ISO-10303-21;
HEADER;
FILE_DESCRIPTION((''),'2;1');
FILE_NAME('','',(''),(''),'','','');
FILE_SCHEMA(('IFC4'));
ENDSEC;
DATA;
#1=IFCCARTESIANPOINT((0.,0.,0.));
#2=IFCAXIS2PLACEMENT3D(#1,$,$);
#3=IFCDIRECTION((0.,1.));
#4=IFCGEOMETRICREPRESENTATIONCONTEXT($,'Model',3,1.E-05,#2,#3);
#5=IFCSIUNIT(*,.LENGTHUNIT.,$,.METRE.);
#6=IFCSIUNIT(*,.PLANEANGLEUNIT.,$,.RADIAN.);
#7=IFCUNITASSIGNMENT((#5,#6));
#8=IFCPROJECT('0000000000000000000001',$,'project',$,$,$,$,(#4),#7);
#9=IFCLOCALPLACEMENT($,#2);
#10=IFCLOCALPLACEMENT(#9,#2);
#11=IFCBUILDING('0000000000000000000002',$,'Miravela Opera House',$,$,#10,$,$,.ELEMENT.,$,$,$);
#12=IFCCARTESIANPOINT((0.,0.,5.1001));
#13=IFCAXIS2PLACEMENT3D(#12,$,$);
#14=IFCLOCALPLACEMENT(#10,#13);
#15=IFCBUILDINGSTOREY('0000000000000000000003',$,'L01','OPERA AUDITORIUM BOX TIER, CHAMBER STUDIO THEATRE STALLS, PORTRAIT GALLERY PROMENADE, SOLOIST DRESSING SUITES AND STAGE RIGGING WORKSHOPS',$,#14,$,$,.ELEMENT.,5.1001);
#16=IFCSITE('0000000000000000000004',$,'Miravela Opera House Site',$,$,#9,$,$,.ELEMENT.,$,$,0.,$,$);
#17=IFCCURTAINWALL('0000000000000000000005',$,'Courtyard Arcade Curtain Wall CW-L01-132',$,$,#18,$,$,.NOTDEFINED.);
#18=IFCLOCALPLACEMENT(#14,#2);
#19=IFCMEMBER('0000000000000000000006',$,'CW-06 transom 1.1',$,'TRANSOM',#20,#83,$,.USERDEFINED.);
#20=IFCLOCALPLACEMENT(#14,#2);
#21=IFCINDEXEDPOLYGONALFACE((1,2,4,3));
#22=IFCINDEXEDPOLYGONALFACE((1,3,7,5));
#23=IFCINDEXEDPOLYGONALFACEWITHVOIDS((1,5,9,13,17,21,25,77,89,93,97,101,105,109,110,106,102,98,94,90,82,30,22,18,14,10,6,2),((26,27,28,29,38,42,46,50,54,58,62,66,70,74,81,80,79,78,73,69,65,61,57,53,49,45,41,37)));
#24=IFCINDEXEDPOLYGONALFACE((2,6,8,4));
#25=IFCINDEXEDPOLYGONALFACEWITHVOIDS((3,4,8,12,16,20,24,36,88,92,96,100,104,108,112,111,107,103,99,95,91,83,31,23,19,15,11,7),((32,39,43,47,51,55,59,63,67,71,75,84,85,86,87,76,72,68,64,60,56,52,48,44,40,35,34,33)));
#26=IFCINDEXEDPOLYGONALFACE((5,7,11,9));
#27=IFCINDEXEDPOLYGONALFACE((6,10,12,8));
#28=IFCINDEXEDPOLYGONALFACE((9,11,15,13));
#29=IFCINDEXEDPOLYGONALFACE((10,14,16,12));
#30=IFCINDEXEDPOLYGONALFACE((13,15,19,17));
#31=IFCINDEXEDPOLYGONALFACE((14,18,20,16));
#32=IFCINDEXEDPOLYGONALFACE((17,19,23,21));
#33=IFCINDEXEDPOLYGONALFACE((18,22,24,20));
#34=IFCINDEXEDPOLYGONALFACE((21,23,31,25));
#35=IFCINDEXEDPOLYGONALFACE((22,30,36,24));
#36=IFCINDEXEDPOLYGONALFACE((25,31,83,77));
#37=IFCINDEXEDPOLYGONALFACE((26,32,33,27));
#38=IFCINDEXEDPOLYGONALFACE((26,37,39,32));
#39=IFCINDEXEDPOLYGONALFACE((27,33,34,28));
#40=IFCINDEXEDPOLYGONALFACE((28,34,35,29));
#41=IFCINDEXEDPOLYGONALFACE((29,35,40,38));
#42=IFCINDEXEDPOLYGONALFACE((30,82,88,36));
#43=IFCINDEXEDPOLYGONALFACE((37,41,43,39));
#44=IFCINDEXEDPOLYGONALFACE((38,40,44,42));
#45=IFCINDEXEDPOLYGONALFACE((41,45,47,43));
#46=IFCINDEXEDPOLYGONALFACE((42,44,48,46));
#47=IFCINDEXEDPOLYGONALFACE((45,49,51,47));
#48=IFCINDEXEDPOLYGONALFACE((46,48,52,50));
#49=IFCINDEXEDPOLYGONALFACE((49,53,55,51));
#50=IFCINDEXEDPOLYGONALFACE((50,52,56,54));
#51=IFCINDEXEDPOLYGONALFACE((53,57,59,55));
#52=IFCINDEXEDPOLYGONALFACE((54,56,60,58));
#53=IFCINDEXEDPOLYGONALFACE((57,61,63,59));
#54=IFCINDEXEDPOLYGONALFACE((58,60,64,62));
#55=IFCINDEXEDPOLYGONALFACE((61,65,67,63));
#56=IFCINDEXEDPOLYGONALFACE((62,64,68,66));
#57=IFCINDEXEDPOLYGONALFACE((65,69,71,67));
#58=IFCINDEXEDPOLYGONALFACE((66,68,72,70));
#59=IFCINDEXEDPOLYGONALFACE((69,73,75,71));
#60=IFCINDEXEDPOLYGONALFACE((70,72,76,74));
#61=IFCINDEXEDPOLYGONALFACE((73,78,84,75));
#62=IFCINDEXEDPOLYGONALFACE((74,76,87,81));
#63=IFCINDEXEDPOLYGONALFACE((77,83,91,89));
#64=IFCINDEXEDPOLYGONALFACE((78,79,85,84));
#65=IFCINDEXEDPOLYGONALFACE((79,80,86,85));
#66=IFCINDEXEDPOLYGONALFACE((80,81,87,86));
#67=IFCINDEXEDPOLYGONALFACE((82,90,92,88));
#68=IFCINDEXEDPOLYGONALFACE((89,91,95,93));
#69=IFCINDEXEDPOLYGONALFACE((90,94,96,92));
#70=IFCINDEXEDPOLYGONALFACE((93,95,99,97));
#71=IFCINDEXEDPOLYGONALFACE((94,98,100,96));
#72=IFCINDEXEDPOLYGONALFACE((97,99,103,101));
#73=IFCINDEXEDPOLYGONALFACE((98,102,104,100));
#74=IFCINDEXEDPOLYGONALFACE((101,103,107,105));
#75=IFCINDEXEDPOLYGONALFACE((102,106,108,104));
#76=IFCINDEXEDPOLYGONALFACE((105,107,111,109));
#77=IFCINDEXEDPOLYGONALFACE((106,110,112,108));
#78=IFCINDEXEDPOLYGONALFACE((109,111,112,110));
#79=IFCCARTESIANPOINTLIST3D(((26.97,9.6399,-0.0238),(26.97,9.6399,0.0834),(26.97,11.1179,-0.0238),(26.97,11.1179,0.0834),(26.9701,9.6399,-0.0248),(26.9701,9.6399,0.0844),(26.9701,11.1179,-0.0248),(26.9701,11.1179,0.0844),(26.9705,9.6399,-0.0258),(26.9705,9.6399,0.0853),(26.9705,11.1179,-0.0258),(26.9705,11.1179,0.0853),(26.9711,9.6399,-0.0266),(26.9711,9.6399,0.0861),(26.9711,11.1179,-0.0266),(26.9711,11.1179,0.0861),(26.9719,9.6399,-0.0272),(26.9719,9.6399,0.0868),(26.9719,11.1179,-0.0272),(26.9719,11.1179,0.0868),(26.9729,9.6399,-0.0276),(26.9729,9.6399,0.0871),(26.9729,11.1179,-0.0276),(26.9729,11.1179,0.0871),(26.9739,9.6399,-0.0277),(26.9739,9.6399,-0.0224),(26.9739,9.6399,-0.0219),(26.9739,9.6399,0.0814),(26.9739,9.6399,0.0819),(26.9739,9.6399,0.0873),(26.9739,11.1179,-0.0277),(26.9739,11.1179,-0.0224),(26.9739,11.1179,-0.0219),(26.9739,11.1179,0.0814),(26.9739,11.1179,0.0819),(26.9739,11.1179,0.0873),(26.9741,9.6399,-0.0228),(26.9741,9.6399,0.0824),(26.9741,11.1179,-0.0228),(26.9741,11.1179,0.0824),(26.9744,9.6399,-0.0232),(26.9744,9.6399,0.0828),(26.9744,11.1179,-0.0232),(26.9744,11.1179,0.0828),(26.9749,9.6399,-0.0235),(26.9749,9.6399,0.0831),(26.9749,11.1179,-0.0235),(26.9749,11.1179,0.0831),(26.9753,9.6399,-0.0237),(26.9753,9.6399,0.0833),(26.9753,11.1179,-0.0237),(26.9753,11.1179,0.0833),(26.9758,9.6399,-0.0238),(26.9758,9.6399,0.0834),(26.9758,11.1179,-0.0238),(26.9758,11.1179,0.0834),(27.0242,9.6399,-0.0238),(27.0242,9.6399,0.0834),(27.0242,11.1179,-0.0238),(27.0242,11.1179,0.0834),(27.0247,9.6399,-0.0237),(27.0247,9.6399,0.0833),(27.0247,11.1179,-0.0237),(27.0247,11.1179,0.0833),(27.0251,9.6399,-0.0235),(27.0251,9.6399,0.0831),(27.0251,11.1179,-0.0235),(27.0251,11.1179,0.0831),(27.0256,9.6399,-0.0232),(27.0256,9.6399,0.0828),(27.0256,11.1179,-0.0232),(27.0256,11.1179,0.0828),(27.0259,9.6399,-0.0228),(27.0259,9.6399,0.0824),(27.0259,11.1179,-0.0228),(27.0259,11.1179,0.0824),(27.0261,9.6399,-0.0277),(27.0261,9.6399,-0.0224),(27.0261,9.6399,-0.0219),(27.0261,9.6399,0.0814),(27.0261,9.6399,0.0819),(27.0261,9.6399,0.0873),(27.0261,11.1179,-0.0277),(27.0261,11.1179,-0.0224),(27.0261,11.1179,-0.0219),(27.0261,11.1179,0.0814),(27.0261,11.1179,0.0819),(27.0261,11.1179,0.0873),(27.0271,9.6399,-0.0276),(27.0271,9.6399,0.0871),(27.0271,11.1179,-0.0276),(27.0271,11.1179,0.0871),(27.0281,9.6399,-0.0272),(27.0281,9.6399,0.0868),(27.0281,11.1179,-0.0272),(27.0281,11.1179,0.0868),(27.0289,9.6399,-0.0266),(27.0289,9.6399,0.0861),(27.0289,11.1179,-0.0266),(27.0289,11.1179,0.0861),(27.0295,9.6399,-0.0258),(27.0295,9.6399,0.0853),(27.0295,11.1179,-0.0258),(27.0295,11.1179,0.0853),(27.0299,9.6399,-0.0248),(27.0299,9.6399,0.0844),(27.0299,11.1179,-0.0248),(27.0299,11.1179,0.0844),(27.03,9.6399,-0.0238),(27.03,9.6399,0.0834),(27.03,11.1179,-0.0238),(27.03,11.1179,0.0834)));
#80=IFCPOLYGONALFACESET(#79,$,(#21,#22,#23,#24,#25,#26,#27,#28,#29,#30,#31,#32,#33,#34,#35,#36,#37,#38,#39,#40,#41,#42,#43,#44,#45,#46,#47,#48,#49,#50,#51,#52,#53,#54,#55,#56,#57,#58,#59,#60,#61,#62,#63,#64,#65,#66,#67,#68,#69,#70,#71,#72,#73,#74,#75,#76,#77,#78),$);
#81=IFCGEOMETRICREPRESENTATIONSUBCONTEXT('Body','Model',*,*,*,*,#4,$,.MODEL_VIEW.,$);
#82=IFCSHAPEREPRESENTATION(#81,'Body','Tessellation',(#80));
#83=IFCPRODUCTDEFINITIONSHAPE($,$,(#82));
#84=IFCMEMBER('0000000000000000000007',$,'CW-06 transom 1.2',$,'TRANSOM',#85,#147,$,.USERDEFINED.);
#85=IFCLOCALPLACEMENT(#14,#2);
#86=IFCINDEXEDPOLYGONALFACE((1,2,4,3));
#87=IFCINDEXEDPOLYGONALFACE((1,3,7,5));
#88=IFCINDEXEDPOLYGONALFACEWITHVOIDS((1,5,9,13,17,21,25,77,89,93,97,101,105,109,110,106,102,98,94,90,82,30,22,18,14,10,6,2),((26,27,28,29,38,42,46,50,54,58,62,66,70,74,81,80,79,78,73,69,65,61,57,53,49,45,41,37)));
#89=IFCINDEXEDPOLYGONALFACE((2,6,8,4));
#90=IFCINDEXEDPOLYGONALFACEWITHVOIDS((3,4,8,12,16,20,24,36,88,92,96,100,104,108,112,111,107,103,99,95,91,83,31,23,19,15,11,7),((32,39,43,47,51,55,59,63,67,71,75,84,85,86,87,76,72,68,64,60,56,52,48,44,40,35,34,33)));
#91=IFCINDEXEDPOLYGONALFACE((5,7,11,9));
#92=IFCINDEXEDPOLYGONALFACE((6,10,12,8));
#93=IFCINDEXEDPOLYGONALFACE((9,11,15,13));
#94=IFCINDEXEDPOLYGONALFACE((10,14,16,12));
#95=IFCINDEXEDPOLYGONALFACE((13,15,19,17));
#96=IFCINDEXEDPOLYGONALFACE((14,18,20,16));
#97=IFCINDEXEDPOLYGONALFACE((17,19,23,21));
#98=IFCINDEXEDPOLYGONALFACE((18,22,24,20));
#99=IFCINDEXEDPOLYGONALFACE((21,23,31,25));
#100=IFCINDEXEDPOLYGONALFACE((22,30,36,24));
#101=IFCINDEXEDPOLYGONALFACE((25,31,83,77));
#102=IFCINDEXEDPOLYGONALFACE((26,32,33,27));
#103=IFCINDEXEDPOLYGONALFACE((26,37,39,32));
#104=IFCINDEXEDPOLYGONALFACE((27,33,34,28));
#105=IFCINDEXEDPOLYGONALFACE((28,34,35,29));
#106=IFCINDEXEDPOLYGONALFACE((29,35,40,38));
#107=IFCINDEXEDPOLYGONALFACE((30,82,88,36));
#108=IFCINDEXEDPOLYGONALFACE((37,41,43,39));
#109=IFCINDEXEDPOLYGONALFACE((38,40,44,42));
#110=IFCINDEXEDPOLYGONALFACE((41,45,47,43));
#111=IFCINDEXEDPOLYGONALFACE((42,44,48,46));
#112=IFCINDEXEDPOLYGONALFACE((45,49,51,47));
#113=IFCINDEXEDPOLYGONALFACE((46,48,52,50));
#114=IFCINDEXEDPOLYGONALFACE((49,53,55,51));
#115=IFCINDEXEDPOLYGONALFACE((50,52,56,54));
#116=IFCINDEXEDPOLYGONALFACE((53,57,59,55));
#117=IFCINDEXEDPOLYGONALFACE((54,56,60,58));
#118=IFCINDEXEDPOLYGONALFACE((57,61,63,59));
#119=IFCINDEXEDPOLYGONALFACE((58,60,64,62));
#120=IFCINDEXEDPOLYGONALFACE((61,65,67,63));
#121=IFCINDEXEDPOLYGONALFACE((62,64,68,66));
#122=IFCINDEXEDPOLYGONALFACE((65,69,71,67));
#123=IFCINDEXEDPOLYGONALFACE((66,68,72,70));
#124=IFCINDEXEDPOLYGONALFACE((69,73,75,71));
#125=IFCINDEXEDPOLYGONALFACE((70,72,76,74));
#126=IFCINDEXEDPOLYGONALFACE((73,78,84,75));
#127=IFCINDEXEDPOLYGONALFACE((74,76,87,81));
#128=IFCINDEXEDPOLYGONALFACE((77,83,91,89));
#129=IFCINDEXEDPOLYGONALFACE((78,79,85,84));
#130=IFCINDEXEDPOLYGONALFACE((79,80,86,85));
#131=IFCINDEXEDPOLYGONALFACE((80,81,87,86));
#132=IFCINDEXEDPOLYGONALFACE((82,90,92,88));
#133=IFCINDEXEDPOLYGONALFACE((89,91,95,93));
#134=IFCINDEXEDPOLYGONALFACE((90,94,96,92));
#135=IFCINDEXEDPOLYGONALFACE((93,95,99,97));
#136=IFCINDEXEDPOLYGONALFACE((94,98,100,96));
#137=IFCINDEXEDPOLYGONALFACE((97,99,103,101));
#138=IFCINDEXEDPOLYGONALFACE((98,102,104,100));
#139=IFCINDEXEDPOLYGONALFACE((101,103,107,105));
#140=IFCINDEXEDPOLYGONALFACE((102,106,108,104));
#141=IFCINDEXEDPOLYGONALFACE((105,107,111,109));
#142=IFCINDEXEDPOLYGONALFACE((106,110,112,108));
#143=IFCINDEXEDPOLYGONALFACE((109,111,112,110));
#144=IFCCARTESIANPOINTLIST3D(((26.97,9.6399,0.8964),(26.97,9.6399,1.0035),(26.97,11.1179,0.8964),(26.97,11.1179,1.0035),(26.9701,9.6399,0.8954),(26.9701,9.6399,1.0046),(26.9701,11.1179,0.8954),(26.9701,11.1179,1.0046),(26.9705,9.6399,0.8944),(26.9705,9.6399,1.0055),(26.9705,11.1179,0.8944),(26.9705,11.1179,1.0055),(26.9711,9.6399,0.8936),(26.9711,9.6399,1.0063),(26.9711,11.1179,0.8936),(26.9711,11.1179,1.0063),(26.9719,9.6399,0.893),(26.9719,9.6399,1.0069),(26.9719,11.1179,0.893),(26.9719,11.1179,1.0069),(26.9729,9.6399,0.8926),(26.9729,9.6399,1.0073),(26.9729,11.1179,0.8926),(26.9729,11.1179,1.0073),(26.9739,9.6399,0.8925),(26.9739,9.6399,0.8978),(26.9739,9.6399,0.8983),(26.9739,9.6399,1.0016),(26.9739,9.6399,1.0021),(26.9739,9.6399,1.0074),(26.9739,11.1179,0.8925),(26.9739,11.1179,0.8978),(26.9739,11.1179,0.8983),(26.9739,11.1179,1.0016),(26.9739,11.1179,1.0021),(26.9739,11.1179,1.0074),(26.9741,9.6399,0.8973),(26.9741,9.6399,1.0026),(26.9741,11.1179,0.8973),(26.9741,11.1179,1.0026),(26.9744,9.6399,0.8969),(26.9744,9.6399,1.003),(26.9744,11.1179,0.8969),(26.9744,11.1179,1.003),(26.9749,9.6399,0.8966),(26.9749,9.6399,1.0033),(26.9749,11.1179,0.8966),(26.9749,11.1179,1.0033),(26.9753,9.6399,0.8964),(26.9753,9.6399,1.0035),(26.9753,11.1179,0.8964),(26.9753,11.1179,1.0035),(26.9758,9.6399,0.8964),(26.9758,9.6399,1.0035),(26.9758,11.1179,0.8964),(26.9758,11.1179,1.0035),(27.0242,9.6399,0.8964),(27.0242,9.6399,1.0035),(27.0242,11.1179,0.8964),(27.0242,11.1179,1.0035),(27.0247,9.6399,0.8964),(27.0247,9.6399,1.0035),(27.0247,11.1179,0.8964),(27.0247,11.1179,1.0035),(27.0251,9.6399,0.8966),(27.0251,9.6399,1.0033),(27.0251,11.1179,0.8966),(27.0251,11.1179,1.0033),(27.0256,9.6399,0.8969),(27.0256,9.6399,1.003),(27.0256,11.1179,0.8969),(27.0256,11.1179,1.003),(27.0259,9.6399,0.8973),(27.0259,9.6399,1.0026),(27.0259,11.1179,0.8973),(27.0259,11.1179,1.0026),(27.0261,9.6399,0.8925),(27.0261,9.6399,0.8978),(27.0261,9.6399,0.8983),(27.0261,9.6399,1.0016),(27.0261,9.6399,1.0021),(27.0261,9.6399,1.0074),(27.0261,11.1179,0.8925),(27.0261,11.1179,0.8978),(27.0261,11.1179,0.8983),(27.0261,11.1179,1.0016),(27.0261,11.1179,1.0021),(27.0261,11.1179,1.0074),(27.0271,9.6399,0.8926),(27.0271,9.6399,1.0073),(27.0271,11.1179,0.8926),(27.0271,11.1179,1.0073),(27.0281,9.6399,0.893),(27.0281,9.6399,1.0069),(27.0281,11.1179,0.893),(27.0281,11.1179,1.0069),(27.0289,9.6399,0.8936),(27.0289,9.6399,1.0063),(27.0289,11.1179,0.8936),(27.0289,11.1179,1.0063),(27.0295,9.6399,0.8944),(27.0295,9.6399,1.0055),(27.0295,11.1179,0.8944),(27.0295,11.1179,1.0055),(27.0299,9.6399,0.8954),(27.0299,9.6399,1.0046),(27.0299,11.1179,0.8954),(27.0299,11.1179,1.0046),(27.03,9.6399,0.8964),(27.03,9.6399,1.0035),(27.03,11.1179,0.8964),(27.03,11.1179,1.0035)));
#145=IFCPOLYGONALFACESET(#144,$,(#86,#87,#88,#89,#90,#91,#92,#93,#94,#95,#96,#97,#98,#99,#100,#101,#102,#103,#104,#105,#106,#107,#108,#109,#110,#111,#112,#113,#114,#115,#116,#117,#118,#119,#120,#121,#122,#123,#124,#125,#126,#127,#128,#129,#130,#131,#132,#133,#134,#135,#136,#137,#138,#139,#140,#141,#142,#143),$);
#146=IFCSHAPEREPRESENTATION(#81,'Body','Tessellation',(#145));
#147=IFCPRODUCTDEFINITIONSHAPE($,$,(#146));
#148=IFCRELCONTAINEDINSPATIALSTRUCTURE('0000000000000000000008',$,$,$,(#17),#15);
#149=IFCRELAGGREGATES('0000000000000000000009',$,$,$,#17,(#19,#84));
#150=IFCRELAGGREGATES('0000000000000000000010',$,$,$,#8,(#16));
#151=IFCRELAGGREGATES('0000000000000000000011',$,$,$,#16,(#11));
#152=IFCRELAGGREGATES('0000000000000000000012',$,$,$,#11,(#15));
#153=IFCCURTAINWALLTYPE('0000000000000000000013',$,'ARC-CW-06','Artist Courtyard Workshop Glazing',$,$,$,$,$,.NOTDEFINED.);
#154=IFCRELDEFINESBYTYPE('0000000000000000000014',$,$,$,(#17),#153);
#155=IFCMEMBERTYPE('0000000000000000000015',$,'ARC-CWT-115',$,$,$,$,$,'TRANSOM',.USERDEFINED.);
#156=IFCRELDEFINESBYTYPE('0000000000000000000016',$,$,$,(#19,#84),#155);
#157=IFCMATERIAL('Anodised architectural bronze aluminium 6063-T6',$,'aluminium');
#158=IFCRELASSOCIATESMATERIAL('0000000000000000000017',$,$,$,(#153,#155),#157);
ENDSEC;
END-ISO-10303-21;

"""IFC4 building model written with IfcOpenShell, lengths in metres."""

from ifc_helpers import new_model, si_unit, direction, frame, origin, origin_2d, place, context, subcontext, project, spatial, hollow_rectangle, extrude, material, material_profile, profile_set, type_object, element, aggregate, save


model = new_model("IFC4")

# Units and contexts
model_context = context("Model", 3, precision=1e-05, world=origin(), true_north=direction((0.0, 1.0)))
body_context = subcontext(model_context, "Body", "Model", "MODEL_VIEW")
ifc_project = project(units=[si_unit("LENGTHUNIT", "METRE"), si_unit("PLANEANGLEUNIT", "RADIAN")], contexts=[model_context])

# Site, building, storey
site_placement = place(None, origin())
site = spatial("IfcSite", under=ifc_project, at=site_placement, Name="Miravela Opera House Site", CompositionType="ELEMENT", RefElevation=0.0)
building_placement = place(site_placement, origin())
building = spatial("IfcBuilding", under=site, at=building_placement, Name="Miravela Opera House", CompositionType="ELEMENT")
storey_placement = place(building_placement, frame((0.0, 0.0, 5.1001)))
storey = spatial("IfcBuildingStorey", under=building, at=storey_placement, Name="L01", Description="OPERA AUDITORIUM BOX TIER, CHAMBER STUDIO THEATRE STALLS, PORTRAIT GALLERY PROMENADE, SOLOIST DRESSING SUITES AND STAGE RIGGING WORKSHOPS", CompositionType="ELEMENT", Elevation=5.1001)

# Curtain wall
ifc_material_1 = material(Name="Anodised architectural bronze aluminium 6063-T6", Category="aluminium")
curtain_wall_type = type_object("IfcCurtainWallType", Name="ARC-CW-06", Description="Artist Courtyard Workshop Glazing", PredefinedType="NOTDEFINED", material=ifc_material_1)
curtain_wall_1_placement = place(storey_placement, origin())
curtain_wall_1 = element("IfcCurtainWall", 1, at=curtain_wall_1_placement, inside=storey, type_object=curtain_wall_type, Name="Courtyard Arcade Curtain Wall CW-L01-132", PredefinedType="NOTDEFINED")

# Members
ifc_material_profile_1 = material_profile(ifc_material_1, hollow_rectangle(XDim=0.0601, YDim=0.115, WallThickness=0.0039, InnerFilletRadius=0.002, OuterFilletRadius=0.0039, at=origin_2d()), Name="CWT-60X115")
ifc_profile_set_1 = profile_set([ifc_material_profile_1])
member_type_1 = type_object("IfcMemberType", Name="ARC-CWT-115", ElementType="TRANSOM", PredefinedType="USERDEFINED", material=ifc_profile_set_1)
member_1_placement = place(storey_placement, frame((27.0, 9.6399, 0.0298), z_axis=(0.0, 1.0, 0.0), x_axis=(-1.0, 0.0, 0.0)))
member_1 = element("IfcMember", 2, at=member_1_placement, type_object=member_type_1, Name="CW-06 transom 1.1", ObjectType="TRANSOM", PredefinedType="USERDEFINED", context=body_context, shape_type="SweptSolid", body=[
    extrude(hollow_rectangle(XDim=0.0601, YDim=0.115, WallThickness=0.0039, InnerFilletRadius=0.002, OuterFilletRadius=0.0039, at=origin_2d()), origin(), (0.0, 0.0, 1.0), 1.478),
])
member_2_placement = place(storey_placement, frame((27.0, 9.6399, 0.95), z_axis=(0.0, 1.0, 0.0), x_axis=(-1.0, 0.0, 0.0)))
member_2 = element("IfcMember", 3, at=member_2_placement, type_object=member_type_1, Name="CW-06 transom 1.2", ObjectType="TRANSOM", PredefinedType="USERDEFINED", context=body_context, shape_type="SweptSolid", body=[
    extrude(hollow_rectangle(XDim=0.0601, YDim=0.115, WallThickness=0.0039, InnerFilletRadius=0.002, OuterFilletRadius=0.0039, at=origin_2d()), origin(), (0.0, 0.0, 1.0), 1.478),
])

aggregate(curtain_wall_1, [member_1, member_2])

save(model, "model.ifc")
